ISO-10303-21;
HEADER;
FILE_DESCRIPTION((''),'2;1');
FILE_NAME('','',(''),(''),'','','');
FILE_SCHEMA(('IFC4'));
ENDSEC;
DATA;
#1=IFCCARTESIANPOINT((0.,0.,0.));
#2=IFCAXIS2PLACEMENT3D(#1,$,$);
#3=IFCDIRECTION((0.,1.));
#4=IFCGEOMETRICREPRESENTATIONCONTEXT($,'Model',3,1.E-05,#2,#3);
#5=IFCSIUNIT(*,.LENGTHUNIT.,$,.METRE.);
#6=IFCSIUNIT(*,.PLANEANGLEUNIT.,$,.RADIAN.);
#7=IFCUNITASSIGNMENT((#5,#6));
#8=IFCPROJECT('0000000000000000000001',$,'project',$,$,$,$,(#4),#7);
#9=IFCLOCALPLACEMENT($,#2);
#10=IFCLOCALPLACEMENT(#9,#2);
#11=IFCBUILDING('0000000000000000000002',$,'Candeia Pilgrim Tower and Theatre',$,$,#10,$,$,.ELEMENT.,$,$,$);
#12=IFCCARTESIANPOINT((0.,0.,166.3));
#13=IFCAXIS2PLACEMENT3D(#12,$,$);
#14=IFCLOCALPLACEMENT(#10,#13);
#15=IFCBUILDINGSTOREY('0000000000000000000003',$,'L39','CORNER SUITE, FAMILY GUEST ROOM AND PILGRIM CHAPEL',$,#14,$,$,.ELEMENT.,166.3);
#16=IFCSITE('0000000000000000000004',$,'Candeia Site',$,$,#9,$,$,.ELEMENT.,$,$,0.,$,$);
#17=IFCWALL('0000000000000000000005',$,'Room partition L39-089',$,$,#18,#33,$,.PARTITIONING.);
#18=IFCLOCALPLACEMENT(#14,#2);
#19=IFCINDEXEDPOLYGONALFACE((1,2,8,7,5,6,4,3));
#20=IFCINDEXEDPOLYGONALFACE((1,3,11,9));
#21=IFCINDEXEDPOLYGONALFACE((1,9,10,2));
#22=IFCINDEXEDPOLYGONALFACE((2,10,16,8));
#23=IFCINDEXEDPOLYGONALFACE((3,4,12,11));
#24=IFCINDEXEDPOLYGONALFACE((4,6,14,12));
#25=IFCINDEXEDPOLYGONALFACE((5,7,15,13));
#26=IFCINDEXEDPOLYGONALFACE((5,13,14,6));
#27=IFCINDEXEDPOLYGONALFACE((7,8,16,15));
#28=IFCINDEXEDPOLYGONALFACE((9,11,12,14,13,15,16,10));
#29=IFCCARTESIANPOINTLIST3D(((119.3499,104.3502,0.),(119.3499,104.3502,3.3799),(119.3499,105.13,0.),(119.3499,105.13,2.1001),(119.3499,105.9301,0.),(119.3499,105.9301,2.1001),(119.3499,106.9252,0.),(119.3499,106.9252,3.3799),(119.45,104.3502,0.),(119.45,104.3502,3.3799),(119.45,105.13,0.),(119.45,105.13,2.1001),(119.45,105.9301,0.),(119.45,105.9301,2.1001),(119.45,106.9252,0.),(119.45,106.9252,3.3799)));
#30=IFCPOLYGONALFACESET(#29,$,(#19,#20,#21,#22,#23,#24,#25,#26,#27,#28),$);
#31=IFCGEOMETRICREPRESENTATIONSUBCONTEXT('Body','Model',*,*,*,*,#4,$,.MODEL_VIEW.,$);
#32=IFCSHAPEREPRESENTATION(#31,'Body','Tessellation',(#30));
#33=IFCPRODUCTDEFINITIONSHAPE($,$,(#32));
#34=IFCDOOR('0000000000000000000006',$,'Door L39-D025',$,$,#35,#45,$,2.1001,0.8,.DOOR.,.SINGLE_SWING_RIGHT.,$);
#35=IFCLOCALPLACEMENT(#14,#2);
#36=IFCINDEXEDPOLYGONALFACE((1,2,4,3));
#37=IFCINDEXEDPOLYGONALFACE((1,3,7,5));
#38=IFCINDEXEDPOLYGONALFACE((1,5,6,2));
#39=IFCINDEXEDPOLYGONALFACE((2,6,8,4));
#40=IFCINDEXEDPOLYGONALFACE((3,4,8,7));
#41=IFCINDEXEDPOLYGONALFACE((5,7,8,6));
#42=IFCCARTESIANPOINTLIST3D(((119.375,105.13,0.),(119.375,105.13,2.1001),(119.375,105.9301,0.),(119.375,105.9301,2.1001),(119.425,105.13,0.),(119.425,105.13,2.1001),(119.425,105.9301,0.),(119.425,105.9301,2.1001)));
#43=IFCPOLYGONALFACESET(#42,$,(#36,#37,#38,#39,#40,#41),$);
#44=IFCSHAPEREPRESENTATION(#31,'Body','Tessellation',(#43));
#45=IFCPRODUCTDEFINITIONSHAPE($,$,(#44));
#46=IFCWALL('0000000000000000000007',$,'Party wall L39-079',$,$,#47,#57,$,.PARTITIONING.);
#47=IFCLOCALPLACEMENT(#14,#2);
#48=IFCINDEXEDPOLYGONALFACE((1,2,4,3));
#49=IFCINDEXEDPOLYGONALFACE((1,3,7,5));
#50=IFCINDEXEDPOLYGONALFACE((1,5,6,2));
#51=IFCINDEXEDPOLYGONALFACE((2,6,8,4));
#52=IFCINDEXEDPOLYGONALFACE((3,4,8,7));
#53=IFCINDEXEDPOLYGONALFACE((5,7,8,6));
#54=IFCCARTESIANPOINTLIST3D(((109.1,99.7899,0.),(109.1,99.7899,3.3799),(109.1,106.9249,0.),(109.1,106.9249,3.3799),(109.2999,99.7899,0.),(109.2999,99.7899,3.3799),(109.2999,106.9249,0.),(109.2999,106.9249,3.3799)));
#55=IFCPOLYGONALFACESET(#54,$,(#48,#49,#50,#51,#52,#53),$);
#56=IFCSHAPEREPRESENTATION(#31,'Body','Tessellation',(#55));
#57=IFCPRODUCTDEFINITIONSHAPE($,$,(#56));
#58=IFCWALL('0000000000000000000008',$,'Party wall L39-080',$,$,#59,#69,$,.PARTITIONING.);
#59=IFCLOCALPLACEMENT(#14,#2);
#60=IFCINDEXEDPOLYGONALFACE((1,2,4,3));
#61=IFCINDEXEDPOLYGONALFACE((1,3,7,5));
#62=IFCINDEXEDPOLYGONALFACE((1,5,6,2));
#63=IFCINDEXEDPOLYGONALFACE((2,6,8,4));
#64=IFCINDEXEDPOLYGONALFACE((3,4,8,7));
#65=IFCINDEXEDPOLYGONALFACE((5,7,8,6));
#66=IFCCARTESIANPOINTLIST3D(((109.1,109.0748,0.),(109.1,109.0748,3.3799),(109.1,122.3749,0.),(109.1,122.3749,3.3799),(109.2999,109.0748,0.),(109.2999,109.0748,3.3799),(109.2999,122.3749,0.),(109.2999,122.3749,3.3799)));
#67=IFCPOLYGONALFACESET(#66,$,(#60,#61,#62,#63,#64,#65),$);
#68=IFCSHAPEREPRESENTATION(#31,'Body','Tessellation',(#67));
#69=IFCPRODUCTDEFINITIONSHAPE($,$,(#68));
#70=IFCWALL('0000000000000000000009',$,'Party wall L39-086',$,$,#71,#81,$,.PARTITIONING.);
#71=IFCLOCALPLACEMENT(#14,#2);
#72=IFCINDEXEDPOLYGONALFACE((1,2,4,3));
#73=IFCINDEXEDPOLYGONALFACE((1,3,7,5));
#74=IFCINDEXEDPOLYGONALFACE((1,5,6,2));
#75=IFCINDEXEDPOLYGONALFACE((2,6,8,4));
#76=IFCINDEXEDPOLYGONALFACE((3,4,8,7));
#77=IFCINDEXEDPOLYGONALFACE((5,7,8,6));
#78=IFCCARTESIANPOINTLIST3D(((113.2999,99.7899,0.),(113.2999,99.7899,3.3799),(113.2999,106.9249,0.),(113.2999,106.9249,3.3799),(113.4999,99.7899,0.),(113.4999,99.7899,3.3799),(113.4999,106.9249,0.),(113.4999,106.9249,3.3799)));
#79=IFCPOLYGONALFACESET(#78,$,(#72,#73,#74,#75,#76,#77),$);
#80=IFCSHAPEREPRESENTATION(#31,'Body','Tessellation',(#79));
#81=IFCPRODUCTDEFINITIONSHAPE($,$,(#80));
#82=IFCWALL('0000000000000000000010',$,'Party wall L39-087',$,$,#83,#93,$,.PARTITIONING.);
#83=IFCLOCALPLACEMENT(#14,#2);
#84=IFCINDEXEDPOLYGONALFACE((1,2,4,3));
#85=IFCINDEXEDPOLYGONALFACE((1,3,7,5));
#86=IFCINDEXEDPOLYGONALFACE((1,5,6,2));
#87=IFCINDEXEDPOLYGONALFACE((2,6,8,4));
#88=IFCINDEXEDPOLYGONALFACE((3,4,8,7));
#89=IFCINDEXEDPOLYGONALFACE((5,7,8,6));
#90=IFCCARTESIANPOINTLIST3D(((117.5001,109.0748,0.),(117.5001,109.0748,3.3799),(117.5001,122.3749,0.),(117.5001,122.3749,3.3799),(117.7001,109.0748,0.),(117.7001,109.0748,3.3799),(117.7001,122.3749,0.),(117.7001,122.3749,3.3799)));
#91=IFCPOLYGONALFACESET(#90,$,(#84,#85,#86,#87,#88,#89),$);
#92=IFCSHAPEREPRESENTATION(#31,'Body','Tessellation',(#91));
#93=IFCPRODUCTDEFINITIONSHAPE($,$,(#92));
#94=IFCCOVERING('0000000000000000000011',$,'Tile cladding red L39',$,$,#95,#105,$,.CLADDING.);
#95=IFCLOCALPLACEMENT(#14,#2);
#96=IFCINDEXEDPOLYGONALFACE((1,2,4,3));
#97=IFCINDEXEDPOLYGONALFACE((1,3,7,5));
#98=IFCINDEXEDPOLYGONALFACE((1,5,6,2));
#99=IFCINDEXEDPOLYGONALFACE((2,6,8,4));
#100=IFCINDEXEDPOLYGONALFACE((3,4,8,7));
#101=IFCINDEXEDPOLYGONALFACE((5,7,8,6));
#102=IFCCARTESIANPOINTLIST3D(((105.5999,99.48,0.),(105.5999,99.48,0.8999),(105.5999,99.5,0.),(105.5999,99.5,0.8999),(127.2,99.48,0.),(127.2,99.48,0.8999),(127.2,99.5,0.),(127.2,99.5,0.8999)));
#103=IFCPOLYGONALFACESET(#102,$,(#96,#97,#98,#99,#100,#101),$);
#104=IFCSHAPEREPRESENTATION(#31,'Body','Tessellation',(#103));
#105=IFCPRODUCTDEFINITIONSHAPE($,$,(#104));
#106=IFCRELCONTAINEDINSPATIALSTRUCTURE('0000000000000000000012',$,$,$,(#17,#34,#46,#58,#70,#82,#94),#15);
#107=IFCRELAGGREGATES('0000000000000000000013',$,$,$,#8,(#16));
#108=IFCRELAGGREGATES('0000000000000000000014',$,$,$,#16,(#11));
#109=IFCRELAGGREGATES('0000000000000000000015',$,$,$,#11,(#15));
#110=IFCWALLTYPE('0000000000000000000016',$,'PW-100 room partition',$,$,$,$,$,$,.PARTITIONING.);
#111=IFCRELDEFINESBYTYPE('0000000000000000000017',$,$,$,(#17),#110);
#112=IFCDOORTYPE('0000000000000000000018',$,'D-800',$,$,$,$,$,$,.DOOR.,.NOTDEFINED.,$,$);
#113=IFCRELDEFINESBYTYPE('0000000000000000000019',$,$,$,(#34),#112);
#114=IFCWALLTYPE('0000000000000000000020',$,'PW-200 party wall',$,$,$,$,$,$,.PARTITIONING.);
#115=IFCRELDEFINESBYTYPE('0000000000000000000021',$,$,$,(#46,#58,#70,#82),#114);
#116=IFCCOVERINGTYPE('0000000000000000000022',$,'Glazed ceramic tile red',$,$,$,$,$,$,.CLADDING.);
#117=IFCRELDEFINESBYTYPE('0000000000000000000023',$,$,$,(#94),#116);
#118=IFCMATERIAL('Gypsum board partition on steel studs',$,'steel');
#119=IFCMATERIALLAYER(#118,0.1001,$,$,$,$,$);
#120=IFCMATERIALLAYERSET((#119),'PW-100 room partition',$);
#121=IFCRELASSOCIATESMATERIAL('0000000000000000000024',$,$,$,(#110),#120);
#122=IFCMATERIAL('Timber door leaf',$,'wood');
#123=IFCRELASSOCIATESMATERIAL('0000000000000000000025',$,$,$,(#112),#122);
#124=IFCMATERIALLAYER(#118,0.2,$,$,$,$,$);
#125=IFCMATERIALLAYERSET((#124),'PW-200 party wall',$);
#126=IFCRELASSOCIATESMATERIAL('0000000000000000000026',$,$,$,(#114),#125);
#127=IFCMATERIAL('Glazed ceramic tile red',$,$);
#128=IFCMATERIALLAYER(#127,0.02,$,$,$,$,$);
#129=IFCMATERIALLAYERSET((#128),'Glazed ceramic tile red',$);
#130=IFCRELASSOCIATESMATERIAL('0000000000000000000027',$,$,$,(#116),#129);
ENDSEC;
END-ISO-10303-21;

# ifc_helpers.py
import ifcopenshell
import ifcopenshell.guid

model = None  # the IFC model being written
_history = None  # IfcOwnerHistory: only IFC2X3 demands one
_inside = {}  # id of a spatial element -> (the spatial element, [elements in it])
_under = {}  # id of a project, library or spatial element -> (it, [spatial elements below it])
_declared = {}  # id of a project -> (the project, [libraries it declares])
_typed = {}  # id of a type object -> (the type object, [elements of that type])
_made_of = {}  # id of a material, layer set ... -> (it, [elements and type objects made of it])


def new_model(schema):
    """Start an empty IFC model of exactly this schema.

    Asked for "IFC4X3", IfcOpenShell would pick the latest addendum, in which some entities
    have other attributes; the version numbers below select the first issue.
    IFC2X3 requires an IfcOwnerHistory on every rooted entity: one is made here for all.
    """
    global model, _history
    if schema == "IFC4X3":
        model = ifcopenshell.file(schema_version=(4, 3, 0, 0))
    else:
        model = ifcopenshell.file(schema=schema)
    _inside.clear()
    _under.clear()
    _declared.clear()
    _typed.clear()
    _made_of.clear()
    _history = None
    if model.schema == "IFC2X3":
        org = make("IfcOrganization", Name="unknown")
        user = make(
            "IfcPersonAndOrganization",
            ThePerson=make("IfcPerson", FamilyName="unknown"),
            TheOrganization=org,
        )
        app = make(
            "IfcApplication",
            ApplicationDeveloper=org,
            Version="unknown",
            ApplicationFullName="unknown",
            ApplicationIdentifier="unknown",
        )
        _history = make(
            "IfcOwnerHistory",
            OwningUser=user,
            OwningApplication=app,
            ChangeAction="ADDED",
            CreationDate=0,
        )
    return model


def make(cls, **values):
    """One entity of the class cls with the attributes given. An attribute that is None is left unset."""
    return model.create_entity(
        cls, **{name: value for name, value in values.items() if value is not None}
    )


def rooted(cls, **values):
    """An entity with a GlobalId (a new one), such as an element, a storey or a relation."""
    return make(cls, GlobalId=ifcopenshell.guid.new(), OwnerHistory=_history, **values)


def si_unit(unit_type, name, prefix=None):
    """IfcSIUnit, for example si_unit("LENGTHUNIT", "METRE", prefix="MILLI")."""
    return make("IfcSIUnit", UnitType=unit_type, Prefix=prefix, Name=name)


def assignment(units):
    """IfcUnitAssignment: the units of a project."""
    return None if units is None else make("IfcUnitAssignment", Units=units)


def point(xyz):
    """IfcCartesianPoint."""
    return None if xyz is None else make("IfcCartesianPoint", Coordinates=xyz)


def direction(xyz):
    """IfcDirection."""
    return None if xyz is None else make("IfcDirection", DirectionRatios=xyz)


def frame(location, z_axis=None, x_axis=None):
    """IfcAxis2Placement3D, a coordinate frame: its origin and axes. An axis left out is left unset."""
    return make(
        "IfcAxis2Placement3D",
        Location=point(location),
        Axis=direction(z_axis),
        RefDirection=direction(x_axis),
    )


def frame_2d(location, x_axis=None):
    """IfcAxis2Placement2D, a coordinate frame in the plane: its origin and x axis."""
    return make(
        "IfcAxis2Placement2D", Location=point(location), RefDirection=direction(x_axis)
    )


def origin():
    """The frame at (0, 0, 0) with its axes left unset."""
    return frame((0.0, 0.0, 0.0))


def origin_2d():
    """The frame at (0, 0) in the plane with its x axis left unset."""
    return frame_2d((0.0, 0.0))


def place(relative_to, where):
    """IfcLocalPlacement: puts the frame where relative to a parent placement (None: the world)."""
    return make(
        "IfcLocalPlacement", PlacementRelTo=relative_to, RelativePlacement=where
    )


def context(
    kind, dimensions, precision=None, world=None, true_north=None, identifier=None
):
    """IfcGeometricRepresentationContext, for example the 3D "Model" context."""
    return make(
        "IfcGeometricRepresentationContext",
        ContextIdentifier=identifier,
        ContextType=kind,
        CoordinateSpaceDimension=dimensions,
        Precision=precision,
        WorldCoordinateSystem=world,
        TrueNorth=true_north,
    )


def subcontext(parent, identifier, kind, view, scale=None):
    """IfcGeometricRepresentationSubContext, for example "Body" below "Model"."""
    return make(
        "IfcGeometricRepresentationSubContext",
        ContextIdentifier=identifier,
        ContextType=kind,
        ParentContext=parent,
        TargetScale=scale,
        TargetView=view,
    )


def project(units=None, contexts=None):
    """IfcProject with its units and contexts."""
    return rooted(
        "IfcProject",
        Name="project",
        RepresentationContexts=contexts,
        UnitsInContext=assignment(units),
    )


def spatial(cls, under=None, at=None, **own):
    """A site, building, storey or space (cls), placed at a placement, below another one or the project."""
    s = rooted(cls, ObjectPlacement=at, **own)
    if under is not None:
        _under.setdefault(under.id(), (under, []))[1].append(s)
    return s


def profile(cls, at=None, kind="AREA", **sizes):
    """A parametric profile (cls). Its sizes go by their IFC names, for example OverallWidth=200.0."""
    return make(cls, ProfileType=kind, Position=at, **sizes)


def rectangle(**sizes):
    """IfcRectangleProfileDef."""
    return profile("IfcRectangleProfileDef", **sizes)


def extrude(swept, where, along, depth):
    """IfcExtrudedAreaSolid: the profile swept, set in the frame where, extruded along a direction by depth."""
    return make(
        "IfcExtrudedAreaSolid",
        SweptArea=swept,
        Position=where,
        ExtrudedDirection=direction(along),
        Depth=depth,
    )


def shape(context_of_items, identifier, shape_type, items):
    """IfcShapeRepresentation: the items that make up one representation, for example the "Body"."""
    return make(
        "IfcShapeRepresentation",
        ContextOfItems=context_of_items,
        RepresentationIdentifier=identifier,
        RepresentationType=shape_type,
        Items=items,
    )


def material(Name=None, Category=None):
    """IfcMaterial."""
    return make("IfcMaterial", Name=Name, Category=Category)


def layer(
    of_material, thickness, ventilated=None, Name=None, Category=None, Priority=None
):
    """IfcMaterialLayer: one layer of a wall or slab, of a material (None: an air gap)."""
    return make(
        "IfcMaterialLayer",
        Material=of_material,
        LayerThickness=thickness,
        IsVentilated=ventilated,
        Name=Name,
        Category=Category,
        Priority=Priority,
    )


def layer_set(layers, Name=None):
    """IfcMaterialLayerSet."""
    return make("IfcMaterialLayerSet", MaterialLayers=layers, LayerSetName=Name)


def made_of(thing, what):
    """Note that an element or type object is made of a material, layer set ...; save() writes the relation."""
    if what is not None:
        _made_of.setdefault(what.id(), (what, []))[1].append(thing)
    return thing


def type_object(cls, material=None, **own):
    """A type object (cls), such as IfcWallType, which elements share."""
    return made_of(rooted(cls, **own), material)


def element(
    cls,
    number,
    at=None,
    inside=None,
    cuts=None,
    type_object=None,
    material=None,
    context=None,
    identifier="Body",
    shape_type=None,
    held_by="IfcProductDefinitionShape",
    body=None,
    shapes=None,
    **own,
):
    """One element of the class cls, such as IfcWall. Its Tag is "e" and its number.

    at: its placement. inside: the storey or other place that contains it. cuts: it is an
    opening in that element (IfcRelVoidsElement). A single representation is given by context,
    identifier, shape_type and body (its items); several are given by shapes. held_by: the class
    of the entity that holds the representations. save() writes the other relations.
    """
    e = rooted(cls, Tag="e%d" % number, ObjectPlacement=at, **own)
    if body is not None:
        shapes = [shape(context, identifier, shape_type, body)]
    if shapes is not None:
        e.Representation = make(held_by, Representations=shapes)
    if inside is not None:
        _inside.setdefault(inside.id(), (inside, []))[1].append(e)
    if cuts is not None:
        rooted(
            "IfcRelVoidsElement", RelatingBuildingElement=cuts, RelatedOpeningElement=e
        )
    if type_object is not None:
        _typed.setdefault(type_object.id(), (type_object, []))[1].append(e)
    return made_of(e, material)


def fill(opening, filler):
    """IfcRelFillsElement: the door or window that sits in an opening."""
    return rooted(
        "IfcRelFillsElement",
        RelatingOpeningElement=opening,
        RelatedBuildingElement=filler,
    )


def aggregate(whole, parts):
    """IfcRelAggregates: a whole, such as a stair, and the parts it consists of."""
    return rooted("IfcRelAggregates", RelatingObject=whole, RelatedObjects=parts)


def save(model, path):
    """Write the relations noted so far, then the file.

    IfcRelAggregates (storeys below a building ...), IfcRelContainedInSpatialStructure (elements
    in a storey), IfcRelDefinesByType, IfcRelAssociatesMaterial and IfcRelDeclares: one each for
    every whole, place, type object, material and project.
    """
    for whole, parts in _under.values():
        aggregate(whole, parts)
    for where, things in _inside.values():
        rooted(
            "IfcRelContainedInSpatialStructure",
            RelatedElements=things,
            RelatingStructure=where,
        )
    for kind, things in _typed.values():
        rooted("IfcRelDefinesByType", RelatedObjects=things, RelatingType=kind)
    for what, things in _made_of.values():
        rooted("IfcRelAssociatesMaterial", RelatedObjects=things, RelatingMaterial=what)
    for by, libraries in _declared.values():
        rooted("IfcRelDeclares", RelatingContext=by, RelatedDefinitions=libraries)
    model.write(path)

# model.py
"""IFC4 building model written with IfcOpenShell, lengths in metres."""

from ifc_helpers import new_model, si_unit, direction, frame, frame_2d, origin, origin_2d, place, context, subcontext, project, spatial, rectangle, extrude, material, layer, layer_set, type_object, element, fill, save


model = new_model("IFC4")

# Units and contexts
model_context = context("Model", 3, precision=1e-05, world=origin(), true_north=direction((0.0, 1.0)))
body_context = subcontext(model_context, "Body", "Model", "MODEL_VIEW")
ifc_project = project(units=[si_unit("LENGTHUNIT", "METRE"), si_unit("PLANEANGLEUNIT", "RADIAN")], contexts=[model_context])

# Site, building, storey
site_placement = place(None, origin())
site = spatial("IfcSite", under=ifc_project, at=site_placement, Name="Candeia Site", CompositionType="ELEMENT", RefElevation=0.0)
building_placement = place(site_placement, origin())
building = spatial("IfcBuilding", under=site, at=building_placement, Name="Candeia Pilgrim Tower and Theatre", CompositionType="ELEMENT")
storey_placement = place(building_placement, frame((0.0, 0.0, 166.3)))
storey = spatial("IfcBuildingStorey", under=building, at=storey_placement, Name="L39", Description="CORNER SUITE, FAMILY GUEST ROOM AND PILGRIM CHAPEL", CompositionType="ELEMENT", Elevation=166.3)

# Shared definitions
ifc_material_1 = material(Name="Gypsum board partition on steel studs", Category="steel")
ifc_layer_1 = layer(ifc_material_1, 0.1001)
ifc_layer_set_1 = layer_set([ifc_layer_1], Name="PW-100 room partition")
wall_type_1 = type_object("IfcWallType", Name="PW-100 room partition", PredefinedType="PARTITIONING", material=ifc_layer_set_1)

# Shared definitions
ifc_material_2 = material(Name="Timber door leaf", Category="wood")
door_type_1 = type_object("IfcDoorType", Name="D-800", OperationType="NOTDEFINED", PredefinedType="DOOR", material=ifc_material_2)

# Wall, opening, door
wall_1_placement = place(storey_placement, frame((119.3999, 104.3501, 0.0), z_axis=(0.0, 0.0, 1.0), x_axis=(0.0, 1.0, 0.0)))
wall_1 = element("IfcWall", 1, at=wall_1_placement, inside=storey, type_object=wall_type_1, Name="Room partition L39-089", PredefinedType="PARTITIONING", context=body_context, shape_type="SweptSolid", body=[
    extrude(rectangle(XDim=2.575, YDim=0.1001, at=frame_2d((1.2876, 0.0))), origin(), (0.0, 0.0, 1.0), 3.3799),
])
opening_1_placement = place(wall_1_placement, frame((0.78, 0.0, 0.0)))
opening_1 = element("IfcOpeningElement", 2, at=opening_1_placement, cuts=wall_1, PredefinedType="OPENING", context=body_context, shape_type="SweptSolid", body=[
    extrude(rectangle(XDim=0.8, YDim=2.1001, at=frame_2d((0.3999, 1.05))), frame((0.0, 0.0601, 0.0), z_axis=(0.0, -1.0, 0.0), x_axis=(1.0, 0.0, 0.0)), (0.0, 0.0, 1.0), 0.1201),
])
door_1_placement = place(opening_1_placement, origin())
door_1 = element("IfcDoor", 3, at=door_1_placement, inside=storey, type_object=door_type_1, Name="Door L39-D025", OperationType="SINGLE_SWING_RIGHT", OverallHeight=2.1001, OverallWidth=0.8, PredefinedType="DOOR", context=body_context, shape_type="SweptSolid", body=[
    extrude(rectangle(XDim=0.8, YDim=2.1001, at=frame_2d((0.3999, 1.05))), frame((0.0, 0.0249, 0.0), z_axis=(0.0, -1.0, 0.0), x_axis=(1.0, 0.0, 0.0)), (0.0, 0.0, 1.0), 0.05),
])
fill(opening_1, door_1)

# Walls
ifc_layer_2 = layer(ifc_material_1, 0.2)
ifc_layer_set_2 = layer_set([ifc_layer_2], Name="PW-200 party wall")
wall_type_2 = type_object("IfcWallType", Name="PW-200 party wall", PredefinedType="PARTITIONING", material=ifc_layer_set_2)
wall_2_placement = place(storey_placement, frame((109.2, 99.79, 0.0), z_axis=(0.0, 0.0, 1.0), x_axis=(0.0, 1.0, 0.0)))
element("IfcWall", 4, at=wall_2_placement, inside=storey, type_object=wall_type_2, Name="Party wall L39-079", PredefinedType="PARTITIONING", context=body_context, shape_type="SweptSolid", body=[
    extrude(rectangle(XDim=7.135, YDim=0.2, at=frame_2d((3.5674, 0.0))), origin(), (0.0, 0.0, 1.0), 3.3799),
])
wall_3_placement = place(storey_placement, frame((109.2, 109.075, 0.0), z_axis=(0.0, 0.0, 1.0), x_axis=(0.0, 1.0, 0.0)))
element("IfcWall", 5, at=wall_3_placement, inside=storey, type_object=wall_type_2, Name="Party wall L39-080", PredefinedType="PARTITIONING", context=body_context, shape_type="SweptSolid", body=[
    extrude(rectangle(XDim=13.3, YDim=0.2, at=frame_2d((6.6499, 0.0))), origin(), (0.0, 0.0, 1.0), 3.3799),
])
wall_4_placement = place(storey_placement, frame((113.3999, 99.79, 0.0), z_axis=(0.0, 0.0, 1.0), x_axis=(0.0, 1.0, 0.0)))
element("IfcWall", 6, at=wall_4_placement, inside=storey, type_object=wall_type_2, Name="Party wall L39-086", PredefinedType="PARTITIONING", context=body_context, shape_type="SweptSolid", body=[
    extrude(rectangle(XDim=7.135, YDim=0.2, at=frame_2d((3.5674, 0.0))), origin(), (0.0, 0.0, 1.0), 3.3799),
])
wall_5_placement = place(storey_placement, frame((117.6001, 109.075, 0.0), z_axis=(0.0, 0.0, 1.0), x_axis=(0.0, 1.0, 0.0)))
element("IfcWall", 7, at=wall_5_placement, inside=storey, type_object=wall_type_2, Name="Party wall L39-087", PredefinedType="PARTITIONING", context=body_context, shape_type="SweptSolid", body=[
    extrude(rectangle(XDim=13.3, YDim=0.2, at=frame_2d((6.6499, 0.0))), origin(), (0.0, 0.0, 1.0), 3.3799),
])

# Covering
ifc_material_3 = material(Name="Glazed ceramic tile red")
ifc_layer_3 = layer(ifc_material_3, 0.02)
ifc_layer_set_3 = layer_set([ifc_layer_3], Name="Glazed ceramic tile red")
covering_type = type_object("IfcCoveringType", Name="Glazed ceramic tile red", PredefinedType="CLADDING", material=ifc_layer_set_3)
covering_placement = place(storey_placement, frame((116.3999, 99.49, 0.0), z_axis=(0.0, 0.0, 1.0), x_axis=(1.0, 0.0, 0.0)))
element("IfcCovering", 8, at=covering_placement, inside=storey, type_object=covering_type, Name="Tile cladding red L39", PredefinedType="CLADDING", context=body_context, shape_type="SweptSolid", body=[
    extrude(rectangle(XDim=21.6001, YDim=0.02, at=origin_2d()), origin(), (0.0, 0.0, 1.0), 0.8999),
])

save(model, "model.ifc")
